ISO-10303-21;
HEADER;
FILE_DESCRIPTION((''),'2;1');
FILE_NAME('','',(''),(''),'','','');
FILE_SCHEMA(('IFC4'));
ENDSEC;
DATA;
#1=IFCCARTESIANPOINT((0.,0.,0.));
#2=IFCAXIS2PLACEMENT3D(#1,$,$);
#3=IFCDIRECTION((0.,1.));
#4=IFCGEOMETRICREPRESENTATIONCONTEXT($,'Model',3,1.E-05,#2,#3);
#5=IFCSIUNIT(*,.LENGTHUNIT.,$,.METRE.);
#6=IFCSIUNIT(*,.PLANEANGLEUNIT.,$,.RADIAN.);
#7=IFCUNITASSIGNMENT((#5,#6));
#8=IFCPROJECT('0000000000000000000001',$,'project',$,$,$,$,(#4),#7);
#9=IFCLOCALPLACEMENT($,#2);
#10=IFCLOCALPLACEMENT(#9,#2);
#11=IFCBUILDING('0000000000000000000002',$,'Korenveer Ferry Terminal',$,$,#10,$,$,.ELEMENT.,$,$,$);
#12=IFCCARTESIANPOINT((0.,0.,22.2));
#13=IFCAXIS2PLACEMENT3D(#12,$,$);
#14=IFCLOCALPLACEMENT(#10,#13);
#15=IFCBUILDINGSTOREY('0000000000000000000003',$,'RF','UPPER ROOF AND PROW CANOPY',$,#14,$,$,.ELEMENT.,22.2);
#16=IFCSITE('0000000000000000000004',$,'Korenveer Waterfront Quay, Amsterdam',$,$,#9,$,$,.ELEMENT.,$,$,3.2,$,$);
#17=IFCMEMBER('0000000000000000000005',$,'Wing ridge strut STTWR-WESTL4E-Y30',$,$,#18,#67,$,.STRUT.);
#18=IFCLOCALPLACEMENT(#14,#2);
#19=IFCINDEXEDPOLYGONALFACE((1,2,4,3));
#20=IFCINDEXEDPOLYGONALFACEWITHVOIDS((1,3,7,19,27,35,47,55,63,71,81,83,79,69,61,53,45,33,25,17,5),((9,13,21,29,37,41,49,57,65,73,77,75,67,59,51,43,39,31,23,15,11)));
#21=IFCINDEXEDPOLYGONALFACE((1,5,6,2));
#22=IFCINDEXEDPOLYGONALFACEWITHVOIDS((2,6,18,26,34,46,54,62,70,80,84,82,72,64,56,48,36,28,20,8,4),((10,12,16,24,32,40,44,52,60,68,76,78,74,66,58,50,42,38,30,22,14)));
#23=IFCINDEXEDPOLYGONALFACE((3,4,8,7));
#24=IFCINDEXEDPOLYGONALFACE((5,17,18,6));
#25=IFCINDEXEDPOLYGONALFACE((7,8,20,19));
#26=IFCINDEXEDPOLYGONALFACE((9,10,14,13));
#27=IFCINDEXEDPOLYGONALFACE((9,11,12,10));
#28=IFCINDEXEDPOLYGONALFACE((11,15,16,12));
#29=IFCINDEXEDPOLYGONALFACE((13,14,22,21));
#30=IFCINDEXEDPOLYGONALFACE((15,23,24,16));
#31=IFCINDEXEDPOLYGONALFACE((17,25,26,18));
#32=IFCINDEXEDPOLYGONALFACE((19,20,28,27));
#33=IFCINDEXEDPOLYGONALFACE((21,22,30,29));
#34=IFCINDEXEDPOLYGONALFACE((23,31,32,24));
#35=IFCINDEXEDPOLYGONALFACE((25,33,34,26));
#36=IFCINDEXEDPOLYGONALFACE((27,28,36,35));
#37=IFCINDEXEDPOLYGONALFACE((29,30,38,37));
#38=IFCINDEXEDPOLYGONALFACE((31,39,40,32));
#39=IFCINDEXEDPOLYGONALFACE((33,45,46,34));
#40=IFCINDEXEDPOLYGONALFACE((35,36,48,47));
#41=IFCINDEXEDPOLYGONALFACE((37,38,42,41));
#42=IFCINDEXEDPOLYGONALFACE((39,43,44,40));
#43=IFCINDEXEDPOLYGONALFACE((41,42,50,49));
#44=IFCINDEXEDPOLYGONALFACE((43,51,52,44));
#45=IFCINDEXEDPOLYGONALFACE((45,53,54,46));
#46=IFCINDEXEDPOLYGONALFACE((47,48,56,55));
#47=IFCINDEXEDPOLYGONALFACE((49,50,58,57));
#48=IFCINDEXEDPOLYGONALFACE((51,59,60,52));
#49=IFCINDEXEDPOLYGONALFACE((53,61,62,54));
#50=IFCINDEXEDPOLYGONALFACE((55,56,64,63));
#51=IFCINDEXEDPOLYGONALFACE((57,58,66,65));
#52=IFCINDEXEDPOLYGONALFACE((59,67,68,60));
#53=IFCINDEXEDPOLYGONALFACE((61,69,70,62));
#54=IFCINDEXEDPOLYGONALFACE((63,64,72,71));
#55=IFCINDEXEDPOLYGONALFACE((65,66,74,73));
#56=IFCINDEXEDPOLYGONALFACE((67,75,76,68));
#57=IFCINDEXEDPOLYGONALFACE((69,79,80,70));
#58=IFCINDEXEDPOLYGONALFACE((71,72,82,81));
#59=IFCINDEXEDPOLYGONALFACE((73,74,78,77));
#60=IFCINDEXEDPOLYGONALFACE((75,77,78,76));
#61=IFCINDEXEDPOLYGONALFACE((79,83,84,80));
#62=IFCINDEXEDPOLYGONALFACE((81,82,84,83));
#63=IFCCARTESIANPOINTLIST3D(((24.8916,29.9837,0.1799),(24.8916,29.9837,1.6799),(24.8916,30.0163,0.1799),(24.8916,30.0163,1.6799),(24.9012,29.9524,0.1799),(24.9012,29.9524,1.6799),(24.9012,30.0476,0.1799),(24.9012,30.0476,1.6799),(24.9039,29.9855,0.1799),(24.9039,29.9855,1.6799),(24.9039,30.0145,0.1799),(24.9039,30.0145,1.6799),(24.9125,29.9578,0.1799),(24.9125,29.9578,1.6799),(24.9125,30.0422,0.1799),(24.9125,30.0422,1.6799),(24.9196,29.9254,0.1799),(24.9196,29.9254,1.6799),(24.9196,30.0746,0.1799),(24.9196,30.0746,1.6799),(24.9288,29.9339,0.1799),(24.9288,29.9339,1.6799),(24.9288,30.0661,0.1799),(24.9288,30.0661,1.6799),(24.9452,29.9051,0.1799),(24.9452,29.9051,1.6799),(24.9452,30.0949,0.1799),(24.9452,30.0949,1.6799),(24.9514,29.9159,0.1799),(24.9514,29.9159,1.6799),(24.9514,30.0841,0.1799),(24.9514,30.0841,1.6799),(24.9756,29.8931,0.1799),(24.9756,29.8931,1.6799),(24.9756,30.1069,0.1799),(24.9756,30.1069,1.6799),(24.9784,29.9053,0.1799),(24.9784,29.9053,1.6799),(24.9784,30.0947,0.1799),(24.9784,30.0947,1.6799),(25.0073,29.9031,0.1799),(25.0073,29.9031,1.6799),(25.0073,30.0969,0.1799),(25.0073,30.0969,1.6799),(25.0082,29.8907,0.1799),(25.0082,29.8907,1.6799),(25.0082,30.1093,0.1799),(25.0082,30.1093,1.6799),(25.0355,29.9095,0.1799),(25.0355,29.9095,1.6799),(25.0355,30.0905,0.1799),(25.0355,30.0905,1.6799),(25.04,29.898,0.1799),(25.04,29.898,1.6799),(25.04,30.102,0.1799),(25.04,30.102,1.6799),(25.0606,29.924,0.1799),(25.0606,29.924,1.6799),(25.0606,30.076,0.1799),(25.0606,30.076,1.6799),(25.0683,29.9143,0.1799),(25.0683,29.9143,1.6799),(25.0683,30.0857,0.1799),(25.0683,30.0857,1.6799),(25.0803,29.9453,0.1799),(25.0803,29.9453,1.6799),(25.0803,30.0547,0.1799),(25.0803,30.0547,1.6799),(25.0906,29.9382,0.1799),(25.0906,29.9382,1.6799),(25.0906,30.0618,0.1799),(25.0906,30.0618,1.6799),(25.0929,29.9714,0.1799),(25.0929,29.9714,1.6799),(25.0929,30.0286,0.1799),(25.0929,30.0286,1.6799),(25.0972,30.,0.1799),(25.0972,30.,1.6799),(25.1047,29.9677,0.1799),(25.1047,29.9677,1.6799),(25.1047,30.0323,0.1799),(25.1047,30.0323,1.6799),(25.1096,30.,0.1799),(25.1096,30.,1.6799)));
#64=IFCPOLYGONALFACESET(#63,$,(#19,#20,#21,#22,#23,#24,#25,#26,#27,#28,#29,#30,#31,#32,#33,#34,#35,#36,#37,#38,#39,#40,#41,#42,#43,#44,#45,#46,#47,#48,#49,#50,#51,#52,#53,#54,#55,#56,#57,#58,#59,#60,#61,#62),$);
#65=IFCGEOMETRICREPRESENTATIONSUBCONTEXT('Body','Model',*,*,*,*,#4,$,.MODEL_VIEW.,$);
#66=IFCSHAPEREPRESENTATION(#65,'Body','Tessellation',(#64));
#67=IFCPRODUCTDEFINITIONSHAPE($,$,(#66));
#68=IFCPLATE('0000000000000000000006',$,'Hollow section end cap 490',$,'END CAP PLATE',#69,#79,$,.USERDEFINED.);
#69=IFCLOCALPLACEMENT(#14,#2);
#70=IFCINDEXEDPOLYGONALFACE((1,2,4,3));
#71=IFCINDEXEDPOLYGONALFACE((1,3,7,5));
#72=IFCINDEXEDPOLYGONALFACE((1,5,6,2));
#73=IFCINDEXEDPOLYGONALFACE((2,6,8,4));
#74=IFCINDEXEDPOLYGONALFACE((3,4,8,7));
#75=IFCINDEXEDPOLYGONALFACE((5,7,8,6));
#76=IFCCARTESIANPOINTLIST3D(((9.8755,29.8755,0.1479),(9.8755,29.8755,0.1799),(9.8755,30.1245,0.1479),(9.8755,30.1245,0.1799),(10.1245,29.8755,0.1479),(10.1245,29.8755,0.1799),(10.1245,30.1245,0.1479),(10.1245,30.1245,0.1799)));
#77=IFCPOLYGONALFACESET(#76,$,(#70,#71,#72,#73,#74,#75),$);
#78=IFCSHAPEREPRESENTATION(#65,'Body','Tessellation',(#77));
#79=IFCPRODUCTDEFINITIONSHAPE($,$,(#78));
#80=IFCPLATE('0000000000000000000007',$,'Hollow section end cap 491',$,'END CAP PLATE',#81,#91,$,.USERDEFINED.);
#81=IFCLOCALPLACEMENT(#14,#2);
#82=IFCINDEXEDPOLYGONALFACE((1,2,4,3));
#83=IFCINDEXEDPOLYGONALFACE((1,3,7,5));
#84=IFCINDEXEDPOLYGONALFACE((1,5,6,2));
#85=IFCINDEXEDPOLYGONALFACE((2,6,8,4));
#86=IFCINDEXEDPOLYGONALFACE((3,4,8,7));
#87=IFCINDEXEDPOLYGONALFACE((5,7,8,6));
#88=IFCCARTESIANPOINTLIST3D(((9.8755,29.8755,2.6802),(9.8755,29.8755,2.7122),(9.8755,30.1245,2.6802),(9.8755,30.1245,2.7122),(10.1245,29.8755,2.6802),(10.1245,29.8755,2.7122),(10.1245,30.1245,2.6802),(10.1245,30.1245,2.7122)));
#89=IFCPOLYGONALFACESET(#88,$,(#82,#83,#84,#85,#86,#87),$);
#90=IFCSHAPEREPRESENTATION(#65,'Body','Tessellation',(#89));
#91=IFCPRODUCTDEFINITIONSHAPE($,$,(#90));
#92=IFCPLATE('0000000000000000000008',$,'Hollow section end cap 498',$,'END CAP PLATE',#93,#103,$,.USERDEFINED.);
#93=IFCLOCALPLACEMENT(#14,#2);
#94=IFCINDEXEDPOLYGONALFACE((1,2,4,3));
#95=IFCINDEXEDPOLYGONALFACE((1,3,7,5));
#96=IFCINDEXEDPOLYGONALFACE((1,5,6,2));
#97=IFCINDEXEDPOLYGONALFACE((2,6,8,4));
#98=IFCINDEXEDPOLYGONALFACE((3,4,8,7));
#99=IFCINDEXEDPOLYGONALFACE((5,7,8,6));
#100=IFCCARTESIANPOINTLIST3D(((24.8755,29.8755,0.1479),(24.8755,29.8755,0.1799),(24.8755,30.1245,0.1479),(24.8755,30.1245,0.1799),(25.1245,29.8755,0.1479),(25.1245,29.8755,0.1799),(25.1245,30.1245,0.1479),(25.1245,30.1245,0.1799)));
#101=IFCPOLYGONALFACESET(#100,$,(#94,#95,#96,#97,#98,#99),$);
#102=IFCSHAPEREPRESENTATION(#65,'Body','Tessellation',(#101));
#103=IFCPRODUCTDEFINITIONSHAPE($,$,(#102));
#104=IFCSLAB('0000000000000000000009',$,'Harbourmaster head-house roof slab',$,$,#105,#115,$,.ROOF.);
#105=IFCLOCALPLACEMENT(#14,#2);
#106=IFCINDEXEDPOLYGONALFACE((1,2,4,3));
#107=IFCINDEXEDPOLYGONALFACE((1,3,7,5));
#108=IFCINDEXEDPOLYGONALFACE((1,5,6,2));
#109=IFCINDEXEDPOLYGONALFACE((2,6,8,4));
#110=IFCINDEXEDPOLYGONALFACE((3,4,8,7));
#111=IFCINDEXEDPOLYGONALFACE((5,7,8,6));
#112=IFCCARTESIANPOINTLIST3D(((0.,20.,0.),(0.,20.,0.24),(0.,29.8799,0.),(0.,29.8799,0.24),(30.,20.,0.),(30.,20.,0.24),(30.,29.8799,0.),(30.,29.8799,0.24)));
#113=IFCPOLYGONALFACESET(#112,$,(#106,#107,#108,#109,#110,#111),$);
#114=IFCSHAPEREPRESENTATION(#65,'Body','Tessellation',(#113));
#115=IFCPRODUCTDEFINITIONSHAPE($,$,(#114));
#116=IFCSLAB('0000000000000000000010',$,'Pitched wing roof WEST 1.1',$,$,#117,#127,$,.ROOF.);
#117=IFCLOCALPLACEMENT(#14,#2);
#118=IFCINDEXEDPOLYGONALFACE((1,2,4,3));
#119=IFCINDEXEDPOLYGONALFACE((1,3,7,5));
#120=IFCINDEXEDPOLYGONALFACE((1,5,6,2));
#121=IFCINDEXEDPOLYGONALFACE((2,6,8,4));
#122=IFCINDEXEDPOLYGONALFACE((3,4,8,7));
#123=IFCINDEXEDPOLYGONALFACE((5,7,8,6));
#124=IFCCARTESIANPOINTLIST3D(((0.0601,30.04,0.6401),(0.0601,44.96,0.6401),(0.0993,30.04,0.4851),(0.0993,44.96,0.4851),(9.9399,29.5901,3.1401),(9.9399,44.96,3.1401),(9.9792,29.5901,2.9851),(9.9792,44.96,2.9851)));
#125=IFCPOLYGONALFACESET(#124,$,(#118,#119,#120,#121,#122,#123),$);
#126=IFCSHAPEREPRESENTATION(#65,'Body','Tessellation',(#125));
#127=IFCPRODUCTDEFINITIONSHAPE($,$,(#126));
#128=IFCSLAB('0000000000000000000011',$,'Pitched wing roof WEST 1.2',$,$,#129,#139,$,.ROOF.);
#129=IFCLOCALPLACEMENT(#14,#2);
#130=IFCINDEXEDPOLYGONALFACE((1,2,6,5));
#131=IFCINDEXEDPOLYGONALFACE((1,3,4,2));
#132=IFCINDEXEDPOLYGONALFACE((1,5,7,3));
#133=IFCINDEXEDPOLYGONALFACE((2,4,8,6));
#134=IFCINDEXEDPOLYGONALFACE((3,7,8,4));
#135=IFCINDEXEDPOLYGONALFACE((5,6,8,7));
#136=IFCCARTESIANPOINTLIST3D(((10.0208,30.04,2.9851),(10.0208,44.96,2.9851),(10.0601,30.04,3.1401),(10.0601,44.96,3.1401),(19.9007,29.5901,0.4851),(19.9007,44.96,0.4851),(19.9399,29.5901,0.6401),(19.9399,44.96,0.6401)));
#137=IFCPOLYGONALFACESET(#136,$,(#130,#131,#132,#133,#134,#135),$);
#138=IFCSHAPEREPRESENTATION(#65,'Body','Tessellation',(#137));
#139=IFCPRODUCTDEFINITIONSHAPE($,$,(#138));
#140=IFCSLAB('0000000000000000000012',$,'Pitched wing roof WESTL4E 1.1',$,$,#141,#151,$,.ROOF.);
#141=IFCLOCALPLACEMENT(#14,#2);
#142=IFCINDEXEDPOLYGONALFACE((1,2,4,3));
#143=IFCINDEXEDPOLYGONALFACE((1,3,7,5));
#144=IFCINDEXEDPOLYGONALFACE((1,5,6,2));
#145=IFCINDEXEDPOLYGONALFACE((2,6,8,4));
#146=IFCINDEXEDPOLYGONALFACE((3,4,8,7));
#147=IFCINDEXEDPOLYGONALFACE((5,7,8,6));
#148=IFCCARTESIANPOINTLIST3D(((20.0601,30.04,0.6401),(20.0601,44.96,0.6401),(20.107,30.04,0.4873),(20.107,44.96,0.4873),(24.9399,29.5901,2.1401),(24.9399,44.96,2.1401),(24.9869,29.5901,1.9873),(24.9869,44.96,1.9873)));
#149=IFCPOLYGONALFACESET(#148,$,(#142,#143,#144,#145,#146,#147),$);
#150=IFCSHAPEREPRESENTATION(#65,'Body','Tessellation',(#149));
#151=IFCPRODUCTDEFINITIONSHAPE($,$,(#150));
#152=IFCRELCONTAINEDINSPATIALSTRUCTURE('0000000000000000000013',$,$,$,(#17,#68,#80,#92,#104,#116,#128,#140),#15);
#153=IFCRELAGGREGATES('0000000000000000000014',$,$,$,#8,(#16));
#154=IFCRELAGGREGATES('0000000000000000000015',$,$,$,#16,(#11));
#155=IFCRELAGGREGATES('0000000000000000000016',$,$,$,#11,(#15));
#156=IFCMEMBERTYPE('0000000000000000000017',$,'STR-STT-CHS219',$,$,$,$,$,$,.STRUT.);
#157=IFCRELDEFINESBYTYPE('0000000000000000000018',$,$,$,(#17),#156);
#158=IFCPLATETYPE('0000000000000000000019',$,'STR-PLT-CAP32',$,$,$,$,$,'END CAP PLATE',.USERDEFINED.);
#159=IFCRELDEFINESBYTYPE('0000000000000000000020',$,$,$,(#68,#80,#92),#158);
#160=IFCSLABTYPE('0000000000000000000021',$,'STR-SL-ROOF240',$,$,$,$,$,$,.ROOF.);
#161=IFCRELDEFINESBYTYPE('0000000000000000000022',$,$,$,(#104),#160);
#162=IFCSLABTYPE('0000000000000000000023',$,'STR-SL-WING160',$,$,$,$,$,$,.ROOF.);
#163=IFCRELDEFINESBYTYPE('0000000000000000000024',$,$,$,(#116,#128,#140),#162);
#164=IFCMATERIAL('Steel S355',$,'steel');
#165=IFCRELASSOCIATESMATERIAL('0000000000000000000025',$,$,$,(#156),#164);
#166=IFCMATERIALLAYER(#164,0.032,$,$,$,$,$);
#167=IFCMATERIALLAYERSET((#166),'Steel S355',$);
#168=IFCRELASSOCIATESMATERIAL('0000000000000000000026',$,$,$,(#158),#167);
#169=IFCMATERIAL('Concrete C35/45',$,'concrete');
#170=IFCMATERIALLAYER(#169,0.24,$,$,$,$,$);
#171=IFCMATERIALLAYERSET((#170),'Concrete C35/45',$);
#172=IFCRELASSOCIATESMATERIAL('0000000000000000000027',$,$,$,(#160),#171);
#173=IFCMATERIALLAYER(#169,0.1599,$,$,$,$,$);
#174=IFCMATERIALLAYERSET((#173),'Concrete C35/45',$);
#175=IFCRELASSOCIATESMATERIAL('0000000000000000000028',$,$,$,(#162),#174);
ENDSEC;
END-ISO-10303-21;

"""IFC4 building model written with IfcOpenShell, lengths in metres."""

from ifc_helpers import new_model, si_unit, direction, frame, origin, origin_2d, place, context, subcontext, project, spatial, polyline, rectangle, hollow_circle, outline, extrude, material, layer, layer_set, material_profile, profile_set, type_object, element, save


model = new_model("IFC4")

# Units and contexts
model_context = context("Model", 3, precision=1e-05, world=origin(), true_north=direction((0.0, 1.0)))
body_context = subcontext(model_context, "Body", "Model", "MODEL_VIEW")
ifc_project = project(units=[si_unit("LENGTHUNIT", "METRE"), si_unit("PLANEANGLEUNIT", "RADIAN")], contexts=[model_context])

# Site, building, storey
site_placement = place(None, origin())
site = spatial("IfcSite", under=ifc_project, at=site_placement, Name="Korenveer Waterfront Quay, Amsterdam", CompositionType="ELEMENT", RefElevation=3.2)
building_placement = place(site_placement, origin())
building = spatial("IfcBuilding", under=site, at=building_placement, Name="Korenveer Ferry Terminal", CompositionType="ELEMENT")
storey_placement = place(building_placement, frame((0.0, 0.0, 22.2)))
storey = spatial("IfcBuildingStorey", under=building, at=storey_placement, Name="RF", Description="UPPER ROOF AND PROW CANOPY", CompositionType="ELEMENT", Elevation=22.2)

# Shared definitions
ifc_material_1 = material(Name="Steel S355", Category="steel")

# Member
ifc_material_profile_1 = material_profile(ifc_material_1, hollow_circle(Radius=0.1096, WallThickness=0.0125, at=origin_2d()), Name="CHS 219.1x12.5")
ifc_profile_set_1 = profile_set([ifc_material_profile_1], Name="Steel S355")
member_type_1 = type_object("IfcMemberType", Name="STR-STT-CHS219", PredefinedType="STRUT", material=ifc_profile_set_1)
member_1_placement = place(storey_placement, frame((25.0, 30.0, 0.1799), z_axis=(0.0, 0.0, 1.0), x_axis=(1.0, 0.0, 0.0)))
element("IfcMember", 1, at=member_1_placement, inside=storey, type_object=member_type_1, Name="Wing ridge strut STTWR-WESTL4E-Y30", PredefinedType="STRUT", context=body_context, shape_type="SweptSolid", body=[
    extrude(hollow_circle(Radius=0.1096, WallThickness=0.0125, at=origin_2d()), origin(), (0.0, 0.0, 1.0), 1.5),
])

# Plates
ifc_layer_1 = layer(ifc_material_1, 0.032)
ifc_layer_set_1 = layer_set([ifc_layer_1], Name="Steel S355")
plate_type = type_object("IfcPlateType", Name="STR-PLT-CAP32", ElementType="END CAP PLATE", PredefinedType="USERDEFINED", material=ifc_layer_set_1)
for number, where, z_axis, x_axis, name in (
    (2, (10.0, 30.0, 0.1479), (0.0, 0.0, 1.0), (1.0, 0.0, 0.0), "Hollow section end cap 490"),
    (3, (10.0, 30.0, 2.6802), (0.0, 0.0, 1.0), (1.0, 0.0, 0.0), "Hollow section end cap 491"),
    (4, (25.0, 30.0, 0.1479), (0.0, 0.0, 1.0), (1.0, 0.0, 0.0), "Hollow section end cap 498"),
):
    element("IfcPlate", number, at=place(storey_placement, frame(where, z_axis=z_axis, x_axis=x_axis)), inside=storey, type_object=plate_type, Name=name, ObjectType="END CAP PLATE", PredefinedType="USERDEFINED", context=body_context, shape_type="SweptSolid", body=[
        extrude(rectangle(XDim=0.249, YDim=0.249, at=origin_2d()), origin(), (0.0, 0.0, 1.0), 0.032),
    ])

# Slabs
ifc_material_2 = material(Name="Concrete C35/45", Category="concrete")
ifc_layer_2 = layer(ifc_material_2, 0.24)
ifc_layer_set_2 = layer_set([ifc_layer_2], Name="Concrete C35/45")
slab_type_1 = type_object("IfcSlabType", Name="STR-SL-ROOF240", PredefinedType="ROOF", material=ifc_layer_set_2)
slab_1_placement = place(storey_placement, origin())
element("IfcSlab", 5, at=slab_1_placement, inside=storey, type_object=slab_type_1, Name="Harbourmaster head-house roof slab", PredefinedType="ROOF", context=body_context, shape_type="SweptSolid", body=[
    extrude(outline(polyline([(0.0, 20.0), (30.0, 20.0), (30.0, 29.8799), (0.0, 29.8799), (0.0, 20.0)])), origin(), (0.0, 0.0, 1.0), 0.24),
])
ifc_layer_3 = layer(ifc_material_2, 0.1599)
ifc_layer_set_3 = layer_set([ifc_layer_3], Name="Concrete C35/45")
slab_type_2 = type_object("IfcSlabType", Name="STR-SL-WING160", PredefinedType="ROOF", material=ifc_layer_set_3)
for number, where, z_axis, x_axis, name in (
    (6, (0.0601, 30.04, 0.6401), (-0.245308, 0.0, 0.969445), (0.968502, -0.044108, 0.245069), "Pitched wing roof WEST 1.1"),
    (7, (10.0601, 30.04, 3.1401), (0.245308, 0.0, 0.969445), (0.968502, -0.044108, -0.245069), "Pitched wing roof WEST 1.2"),
):
    element("IfcSlab", number, at=place(storey_placement, frame(where, z_axis=z_axis, x_axis=x_axis)), inside=storey, type_object=slab_type_2, Name=name, PredefinedType="ROOF", context=body_context, shape_type="SweptSolid", body=[
        extrude(outline(polyline([(0.0, 0.0), (10.2012, 0.0), (9.5233, 15.3549), (-0.6581, 14.9054), (0.0, 0.0)])), origin(), (0.0, 0.0, -1.0), 0.1599),
    ])
slab_2_placement = place(storey_placement, frame((20.0601, 30.04, 0.6401), z_axis=(-0.293817, 0.0, 0.955862), x_axis=(0.952171, -0.087795, 0.292682)))
element("IfcSlab", 8, at=slab_2_placement, inside=storey, type_object=slab_type_2, Name="Pitched wing roof WESTL4E 1.1", PredefinedType="ROOF", context=body_context, shape_type="SweptSolid", body=[
    extrude(outline(polyline([(0.0, 0.0), (5.125, 0.0), (3.7756, 15.3105), (-1.3099, 14.8623), (0.0, 0.0)])), origin(), (0.0, 0.0, -1.0), 0.1599),
])

save(model, "model.ifc")
